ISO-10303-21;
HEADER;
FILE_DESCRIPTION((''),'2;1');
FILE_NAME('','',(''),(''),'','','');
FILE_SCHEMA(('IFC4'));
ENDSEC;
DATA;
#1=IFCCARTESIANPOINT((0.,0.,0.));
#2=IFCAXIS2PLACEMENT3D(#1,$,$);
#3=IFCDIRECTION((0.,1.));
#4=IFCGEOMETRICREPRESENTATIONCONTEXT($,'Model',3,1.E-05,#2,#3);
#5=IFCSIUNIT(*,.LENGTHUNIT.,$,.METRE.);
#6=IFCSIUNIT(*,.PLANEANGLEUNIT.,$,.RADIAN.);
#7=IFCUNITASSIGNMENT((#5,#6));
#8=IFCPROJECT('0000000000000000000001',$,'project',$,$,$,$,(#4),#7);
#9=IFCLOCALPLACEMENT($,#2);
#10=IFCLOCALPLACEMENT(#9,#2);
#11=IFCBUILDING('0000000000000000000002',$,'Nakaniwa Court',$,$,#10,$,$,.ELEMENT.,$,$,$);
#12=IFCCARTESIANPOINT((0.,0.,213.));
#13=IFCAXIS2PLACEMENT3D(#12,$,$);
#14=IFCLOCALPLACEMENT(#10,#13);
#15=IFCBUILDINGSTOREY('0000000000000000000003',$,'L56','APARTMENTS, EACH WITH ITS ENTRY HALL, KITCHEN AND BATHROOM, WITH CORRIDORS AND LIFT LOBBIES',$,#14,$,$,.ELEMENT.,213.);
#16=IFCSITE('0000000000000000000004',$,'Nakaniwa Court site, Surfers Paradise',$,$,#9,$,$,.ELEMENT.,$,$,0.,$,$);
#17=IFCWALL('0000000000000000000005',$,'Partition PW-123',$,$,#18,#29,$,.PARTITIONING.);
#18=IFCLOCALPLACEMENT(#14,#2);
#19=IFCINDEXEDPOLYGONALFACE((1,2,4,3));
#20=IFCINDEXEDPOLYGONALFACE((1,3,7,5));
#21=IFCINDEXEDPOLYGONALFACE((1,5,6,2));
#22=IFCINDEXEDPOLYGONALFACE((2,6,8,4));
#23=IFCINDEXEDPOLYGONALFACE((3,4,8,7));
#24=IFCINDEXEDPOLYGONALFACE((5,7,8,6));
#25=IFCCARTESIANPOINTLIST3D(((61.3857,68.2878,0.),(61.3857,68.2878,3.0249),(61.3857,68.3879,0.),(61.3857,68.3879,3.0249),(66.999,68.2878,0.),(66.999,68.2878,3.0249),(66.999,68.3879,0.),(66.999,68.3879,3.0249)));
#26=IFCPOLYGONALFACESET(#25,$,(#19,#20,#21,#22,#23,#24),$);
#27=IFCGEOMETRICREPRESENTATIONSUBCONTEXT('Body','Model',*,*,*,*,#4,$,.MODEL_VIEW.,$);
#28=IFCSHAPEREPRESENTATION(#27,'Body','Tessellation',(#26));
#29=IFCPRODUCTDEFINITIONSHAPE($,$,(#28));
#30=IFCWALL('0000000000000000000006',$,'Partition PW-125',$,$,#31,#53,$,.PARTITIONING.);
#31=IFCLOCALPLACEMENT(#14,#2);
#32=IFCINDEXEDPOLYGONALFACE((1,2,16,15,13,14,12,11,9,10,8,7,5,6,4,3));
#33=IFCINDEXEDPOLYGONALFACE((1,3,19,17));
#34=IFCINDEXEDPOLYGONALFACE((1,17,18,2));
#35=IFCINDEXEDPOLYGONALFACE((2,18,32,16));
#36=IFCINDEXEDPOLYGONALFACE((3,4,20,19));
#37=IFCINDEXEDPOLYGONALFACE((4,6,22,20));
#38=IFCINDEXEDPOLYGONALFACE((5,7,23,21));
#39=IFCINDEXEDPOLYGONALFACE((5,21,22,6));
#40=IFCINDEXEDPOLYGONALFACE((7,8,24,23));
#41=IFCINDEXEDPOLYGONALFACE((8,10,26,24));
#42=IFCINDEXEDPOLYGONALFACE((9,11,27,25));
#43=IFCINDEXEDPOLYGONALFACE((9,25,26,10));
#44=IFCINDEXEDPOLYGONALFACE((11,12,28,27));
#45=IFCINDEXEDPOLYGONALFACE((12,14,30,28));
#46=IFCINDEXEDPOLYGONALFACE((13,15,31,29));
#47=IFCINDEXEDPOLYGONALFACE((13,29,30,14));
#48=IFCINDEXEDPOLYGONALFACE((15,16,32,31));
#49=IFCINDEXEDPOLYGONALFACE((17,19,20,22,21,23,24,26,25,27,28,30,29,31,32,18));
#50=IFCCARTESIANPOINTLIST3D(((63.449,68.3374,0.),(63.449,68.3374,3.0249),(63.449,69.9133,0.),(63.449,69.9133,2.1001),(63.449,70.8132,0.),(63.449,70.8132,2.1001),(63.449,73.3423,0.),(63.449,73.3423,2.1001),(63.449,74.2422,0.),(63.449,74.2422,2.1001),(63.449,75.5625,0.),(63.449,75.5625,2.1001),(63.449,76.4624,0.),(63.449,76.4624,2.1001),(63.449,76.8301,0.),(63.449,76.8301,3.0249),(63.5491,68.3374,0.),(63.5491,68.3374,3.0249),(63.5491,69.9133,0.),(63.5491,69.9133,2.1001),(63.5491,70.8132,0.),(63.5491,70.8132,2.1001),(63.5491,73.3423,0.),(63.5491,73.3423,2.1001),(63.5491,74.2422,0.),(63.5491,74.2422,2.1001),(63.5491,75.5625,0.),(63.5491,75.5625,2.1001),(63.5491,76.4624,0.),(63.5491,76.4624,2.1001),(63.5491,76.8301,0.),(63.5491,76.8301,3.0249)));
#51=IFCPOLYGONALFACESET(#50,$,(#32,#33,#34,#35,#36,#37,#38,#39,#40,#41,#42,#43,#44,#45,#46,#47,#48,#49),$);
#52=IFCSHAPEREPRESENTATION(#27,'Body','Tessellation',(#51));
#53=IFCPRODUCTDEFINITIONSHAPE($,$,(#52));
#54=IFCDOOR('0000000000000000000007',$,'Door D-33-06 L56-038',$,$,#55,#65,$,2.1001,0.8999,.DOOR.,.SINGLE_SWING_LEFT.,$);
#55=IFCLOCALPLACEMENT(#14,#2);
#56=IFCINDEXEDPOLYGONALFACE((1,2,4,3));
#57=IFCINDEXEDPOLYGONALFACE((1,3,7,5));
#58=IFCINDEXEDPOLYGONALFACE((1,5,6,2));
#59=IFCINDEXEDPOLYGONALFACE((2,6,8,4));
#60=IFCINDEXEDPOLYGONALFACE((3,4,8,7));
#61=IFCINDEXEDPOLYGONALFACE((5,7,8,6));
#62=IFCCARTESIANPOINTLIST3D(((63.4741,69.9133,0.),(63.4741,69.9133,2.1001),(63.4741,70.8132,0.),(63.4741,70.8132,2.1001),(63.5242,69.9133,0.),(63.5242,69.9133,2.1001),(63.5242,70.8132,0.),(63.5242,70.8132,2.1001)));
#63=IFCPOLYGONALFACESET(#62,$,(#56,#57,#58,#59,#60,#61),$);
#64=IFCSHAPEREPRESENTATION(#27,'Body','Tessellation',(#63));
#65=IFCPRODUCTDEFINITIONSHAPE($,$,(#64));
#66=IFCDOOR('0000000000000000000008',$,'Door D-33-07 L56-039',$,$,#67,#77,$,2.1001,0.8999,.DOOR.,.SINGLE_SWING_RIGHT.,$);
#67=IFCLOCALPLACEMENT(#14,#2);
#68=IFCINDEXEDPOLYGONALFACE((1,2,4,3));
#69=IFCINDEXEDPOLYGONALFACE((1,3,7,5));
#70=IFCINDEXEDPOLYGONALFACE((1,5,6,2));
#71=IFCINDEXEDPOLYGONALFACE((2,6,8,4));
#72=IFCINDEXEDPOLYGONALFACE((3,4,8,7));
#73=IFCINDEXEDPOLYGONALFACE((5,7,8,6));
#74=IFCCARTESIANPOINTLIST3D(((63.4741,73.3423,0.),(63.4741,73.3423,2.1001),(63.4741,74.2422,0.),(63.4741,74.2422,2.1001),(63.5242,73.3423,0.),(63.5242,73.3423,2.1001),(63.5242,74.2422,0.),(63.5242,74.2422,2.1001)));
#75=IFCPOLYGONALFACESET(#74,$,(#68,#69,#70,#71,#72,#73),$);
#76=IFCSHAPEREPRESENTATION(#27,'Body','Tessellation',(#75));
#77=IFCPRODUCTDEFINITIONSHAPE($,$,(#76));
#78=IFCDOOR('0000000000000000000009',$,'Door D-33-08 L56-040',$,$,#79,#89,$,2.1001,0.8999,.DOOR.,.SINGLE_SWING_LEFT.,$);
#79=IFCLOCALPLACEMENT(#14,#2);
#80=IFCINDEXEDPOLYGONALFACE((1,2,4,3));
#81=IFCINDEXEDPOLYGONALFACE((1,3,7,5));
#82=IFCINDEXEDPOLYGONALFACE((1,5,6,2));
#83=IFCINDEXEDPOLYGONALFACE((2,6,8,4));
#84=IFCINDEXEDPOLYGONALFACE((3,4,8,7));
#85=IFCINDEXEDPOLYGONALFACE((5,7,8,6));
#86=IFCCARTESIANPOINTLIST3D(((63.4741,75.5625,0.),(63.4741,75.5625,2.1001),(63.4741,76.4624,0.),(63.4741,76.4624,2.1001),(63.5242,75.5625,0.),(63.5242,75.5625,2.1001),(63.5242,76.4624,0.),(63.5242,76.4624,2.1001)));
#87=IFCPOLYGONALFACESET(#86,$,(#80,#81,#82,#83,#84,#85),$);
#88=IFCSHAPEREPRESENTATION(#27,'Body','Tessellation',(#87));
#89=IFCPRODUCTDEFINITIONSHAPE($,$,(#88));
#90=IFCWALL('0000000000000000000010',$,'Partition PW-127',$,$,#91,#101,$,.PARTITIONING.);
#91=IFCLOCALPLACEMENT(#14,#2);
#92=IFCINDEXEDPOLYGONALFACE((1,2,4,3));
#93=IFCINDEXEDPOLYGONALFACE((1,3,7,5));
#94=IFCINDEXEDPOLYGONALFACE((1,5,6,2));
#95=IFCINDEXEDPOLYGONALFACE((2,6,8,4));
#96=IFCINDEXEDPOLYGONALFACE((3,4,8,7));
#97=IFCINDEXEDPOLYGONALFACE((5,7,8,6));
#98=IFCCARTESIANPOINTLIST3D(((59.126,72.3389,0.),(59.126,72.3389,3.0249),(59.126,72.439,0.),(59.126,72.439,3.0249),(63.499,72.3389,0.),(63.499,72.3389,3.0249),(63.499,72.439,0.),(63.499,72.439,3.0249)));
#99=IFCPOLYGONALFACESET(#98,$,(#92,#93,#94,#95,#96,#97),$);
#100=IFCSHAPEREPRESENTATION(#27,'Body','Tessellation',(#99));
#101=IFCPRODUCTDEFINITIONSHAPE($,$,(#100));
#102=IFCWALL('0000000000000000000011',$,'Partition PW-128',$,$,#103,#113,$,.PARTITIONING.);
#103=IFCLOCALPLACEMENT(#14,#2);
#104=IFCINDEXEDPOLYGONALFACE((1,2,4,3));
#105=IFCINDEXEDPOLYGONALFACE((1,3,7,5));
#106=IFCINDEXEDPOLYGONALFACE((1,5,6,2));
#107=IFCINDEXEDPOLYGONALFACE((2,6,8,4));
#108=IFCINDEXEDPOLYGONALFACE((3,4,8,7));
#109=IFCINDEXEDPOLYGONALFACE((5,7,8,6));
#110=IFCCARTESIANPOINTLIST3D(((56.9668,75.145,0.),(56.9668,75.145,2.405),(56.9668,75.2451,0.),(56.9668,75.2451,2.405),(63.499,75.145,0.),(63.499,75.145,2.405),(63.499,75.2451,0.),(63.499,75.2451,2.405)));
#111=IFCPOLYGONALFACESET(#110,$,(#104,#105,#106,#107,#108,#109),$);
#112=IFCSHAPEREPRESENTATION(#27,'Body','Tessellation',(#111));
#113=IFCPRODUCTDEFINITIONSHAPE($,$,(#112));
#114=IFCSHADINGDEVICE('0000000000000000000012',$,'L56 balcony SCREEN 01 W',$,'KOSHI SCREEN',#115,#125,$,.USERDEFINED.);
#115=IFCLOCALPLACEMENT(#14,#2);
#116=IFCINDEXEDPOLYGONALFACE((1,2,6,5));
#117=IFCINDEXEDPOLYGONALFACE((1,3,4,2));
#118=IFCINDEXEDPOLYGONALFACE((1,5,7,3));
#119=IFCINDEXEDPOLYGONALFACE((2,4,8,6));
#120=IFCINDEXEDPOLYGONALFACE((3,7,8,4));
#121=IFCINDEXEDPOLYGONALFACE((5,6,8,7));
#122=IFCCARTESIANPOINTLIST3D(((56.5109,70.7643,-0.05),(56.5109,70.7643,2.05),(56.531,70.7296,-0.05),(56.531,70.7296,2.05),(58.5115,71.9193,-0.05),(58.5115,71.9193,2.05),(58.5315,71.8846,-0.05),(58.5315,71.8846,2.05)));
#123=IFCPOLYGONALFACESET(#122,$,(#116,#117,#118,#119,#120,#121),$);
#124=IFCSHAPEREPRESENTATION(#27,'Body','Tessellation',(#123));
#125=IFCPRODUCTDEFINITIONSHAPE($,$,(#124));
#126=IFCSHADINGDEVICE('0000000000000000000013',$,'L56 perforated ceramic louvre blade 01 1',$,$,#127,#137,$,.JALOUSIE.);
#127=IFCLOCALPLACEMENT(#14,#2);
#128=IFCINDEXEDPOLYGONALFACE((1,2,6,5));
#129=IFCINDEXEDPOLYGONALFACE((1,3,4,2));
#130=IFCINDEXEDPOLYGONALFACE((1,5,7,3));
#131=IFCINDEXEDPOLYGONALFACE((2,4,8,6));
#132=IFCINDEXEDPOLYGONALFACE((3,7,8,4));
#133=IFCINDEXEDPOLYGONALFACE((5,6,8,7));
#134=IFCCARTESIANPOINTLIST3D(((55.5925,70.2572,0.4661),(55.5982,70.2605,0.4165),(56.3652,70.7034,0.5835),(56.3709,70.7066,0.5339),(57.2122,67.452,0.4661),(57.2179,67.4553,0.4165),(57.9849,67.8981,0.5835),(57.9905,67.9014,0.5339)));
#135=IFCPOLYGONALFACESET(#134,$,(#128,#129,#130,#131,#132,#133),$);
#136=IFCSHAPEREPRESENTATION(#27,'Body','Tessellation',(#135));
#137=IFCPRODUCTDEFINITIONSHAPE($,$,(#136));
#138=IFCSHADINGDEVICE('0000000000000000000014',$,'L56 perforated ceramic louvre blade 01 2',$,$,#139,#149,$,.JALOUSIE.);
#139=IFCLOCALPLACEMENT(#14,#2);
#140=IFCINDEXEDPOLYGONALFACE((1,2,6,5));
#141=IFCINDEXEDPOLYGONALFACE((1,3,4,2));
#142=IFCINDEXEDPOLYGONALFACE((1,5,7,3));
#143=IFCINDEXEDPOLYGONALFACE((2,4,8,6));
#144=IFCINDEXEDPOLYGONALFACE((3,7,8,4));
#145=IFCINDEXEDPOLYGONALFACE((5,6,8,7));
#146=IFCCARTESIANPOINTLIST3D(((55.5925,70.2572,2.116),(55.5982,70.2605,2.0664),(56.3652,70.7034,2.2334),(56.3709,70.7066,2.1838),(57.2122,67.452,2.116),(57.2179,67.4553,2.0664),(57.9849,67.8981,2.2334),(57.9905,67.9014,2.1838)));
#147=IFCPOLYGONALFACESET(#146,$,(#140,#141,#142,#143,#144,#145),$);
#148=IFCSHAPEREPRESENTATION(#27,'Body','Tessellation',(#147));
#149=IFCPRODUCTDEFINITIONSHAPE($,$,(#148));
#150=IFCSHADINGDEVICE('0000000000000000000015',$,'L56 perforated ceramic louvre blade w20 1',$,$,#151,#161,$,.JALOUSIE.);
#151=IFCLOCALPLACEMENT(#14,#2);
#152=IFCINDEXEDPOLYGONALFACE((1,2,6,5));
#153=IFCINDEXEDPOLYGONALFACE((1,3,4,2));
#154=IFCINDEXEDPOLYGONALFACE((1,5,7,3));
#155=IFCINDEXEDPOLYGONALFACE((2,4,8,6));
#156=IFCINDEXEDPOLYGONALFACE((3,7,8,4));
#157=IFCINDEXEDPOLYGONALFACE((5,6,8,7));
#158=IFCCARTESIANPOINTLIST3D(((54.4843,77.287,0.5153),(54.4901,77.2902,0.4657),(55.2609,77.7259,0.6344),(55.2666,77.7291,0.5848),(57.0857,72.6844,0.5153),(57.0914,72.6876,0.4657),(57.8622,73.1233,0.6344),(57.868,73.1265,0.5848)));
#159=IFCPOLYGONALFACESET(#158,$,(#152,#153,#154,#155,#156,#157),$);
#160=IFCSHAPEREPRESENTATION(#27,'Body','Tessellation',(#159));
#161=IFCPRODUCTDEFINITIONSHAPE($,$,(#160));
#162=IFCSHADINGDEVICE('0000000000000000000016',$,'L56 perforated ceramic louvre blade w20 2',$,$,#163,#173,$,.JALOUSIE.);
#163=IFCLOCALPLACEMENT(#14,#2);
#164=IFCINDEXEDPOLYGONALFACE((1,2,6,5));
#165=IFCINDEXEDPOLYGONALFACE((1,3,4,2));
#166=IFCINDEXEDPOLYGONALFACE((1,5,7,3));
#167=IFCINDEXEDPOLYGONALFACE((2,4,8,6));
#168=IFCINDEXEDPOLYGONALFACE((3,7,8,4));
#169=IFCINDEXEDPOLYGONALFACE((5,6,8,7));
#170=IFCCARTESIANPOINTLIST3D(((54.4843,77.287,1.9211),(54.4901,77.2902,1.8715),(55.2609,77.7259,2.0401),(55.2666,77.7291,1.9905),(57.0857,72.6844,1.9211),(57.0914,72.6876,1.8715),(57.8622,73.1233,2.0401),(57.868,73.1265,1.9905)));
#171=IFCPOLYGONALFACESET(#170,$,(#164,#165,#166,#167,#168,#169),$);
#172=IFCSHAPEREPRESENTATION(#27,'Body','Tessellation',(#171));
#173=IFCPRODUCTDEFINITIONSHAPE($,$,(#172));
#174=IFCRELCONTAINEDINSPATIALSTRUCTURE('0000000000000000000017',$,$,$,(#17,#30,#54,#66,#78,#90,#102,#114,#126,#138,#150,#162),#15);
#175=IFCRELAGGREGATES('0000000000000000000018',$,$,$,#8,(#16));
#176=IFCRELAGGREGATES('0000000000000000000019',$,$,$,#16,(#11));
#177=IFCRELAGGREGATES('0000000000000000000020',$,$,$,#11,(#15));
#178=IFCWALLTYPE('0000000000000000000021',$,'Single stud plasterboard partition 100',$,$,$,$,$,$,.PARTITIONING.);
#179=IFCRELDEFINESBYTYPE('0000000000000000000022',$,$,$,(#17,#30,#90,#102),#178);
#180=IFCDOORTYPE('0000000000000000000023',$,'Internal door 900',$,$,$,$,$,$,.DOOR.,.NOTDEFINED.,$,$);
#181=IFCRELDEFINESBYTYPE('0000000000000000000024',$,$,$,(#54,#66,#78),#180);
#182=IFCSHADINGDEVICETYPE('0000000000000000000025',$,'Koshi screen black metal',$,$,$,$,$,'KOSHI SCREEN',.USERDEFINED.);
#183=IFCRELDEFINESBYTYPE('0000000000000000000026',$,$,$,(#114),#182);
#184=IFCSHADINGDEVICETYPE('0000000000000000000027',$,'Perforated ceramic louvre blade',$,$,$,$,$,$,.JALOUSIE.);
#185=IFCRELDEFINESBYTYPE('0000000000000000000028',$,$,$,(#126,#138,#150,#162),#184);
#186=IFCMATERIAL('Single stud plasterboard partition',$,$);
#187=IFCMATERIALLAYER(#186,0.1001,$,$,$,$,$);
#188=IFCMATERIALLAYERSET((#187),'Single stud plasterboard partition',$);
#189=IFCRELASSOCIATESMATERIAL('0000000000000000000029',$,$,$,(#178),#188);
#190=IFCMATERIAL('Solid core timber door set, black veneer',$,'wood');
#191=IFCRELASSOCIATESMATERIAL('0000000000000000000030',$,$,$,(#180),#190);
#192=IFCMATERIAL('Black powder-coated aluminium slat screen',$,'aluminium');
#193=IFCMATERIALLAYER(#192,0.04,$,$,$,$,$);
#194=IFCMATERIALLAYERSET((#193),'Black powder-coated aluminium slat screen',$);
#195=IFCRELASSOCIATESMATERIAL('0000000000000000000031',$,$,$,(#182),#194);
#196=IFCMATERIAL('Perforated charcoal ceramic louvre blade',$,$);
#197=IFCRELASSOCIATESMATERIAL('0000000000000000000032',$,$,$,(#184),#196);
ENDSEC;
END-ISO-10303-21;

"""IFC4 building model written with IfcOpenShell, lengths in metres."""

from ifc_helpers import new_model, si_unit, direction, frame, frame_2d, origin, origin_2d, place, context, subcontext, project, spatial, rectangle, extrude, material, layer, layer_set, material_profile, profile_set, type_object, element, fill, save


model = new_model("IFC4")

# Units and contexts
model_context = context("Model", 3, precision=1e-05, world=origin(), true_north=direction((0.0, 1.0)))
body_context = subcontext(model_context, "Body", "Model", "MODEL_VIEW")
ifc_project = project(units=[si_unit("LENGTHUNIT", "METRE"), si_unit("PLANEANGLEUNIT", "RADIAN")], contexts=[model_context])

# Site, building, storey
site_placement = place(None, origin())
site = spatial("IfcSite", under=ifc_project, at=site_placement, Name="Nakaniwa Court site, Surfers Paradise", CompositionType="ELEMENT", RefElevation=0.0)
building_placement = place(site_placement, origin())
building = spatial("IfcBuilding", under=site, at=building_placement, Name="Nakaniwa Court", CompositionType="ELEMENT")
storey_placement = place(building_placement, frame((0.0, 0.0, 213.0)))
storey = spatial("IfcBuildingStorey", under=building, at=storey_placement, Name="L56", Description="APARTMENTS, EACH WITH ITS ENTRY HALL, KITCHEN AND BATHROOM, WITH CORRIDORS AND LIFT LOBBIES", CompositionType="ELEMENT", Elevation=213.0)

# Wall
ifc_material_1 = material(Name="Single stud plasterboard partition")
ifc_layer_1 = layer(ifc_material_1, 0.1001)
ifc_layer_set_1 = layer_set([ifc_layer_1], Name="Single stud plasterboard partition")
wall_type_1 = type_object("IfcWallType", Name="Single stud plasterboard partition 100", PredefinedType="PARTITIONING", material=ifc_layer_set_1)
wall_1_placement = place(storey_placement, frame((61.3857, 68.3379, 0.0), z_axis=(0.0, 0.0, 1.0), x_axis=(1.0, 0.0, 0.0)))
element("IfcWall", 1, at=wall_1_placement, inside=storey, type_object=wall_type_1, Name="Partition PW-123", PredefinedType="PARTITIONING", context=body_context, shape_type="SweptSolid", body=[
    extrude(rectangle(XDim=5.6133, YDim=0.1001, at=frame_2d((2.8066, 0.0))), origin(), (0.0, 0.0, 1.0), 3.0249),
])

# Wall, openings, doors
wall_2_placement = place(storey_placement, frame((63.499, 68.3374, 0.0), z_axis=(0.0, 0.0, 1.0), x_axis=(0.0, 1.0, 0.0)))
wall_2 = element("IfcWall", 2, at=wall_2_placement, inside=storey, type_object=wall_type_1, Name="Partition PW-125", PredefinedType="PARTITIONING", context=body_context, shape_type="SweptSolid", body=[
    extrude(rectangle(XDim=8.4927, YDim=0.1001, at=frame_2d((4.2463, 0.0))), origin(), (0.0, 0.0, 1.0), 3.0249),
])
opening_1_placement = place(wall_2_placement, frame((1.5759, 0.0, 0.0)))
opening_1 = element("IfcOpeningElement", 3, at=opening_1_placement, cuts=wall_2, PredefinedType="OPENING", context=body_context, shape_type="SweptSolid", body=[
    extrude(rectangle(XDim=0.8999, YDim=2.1001, at=frame_2d((0.45, 1.05))), frame((0.0, 0.0601, 0.0), z_axis=(0.0, -1.0, 0.0), x_axis=(1.0, 0.0, 0.0)), (0.0, 0.0, 1.0), 0.1201),
])
opening_2_placement = place(wall_2_placement, frame((5.0049, 0.0, 0.0)))
opening_2 = element("IfcOpeningElement", 4, at=opening_2_placement, cuts=wall_2, PredefinedType="OPENING", context=body_context, shape_type="SweptSolid", body=[
    extrude(rectangle(XDim=0.8999, YDim=2.1001, at=frame_2d((0.45, 1.05))), frame((0.0, 0.0601, 0.0), z_axis=(0.0, -1.0, 0.0), x_axis=(1.0, 0.0, 0.0)), (0.0, 0.0, 1.0), 0.1201),
])
opening_3_placement = place(wall_2_placement, frame((7.2251, 0.0, 0.0)))
opening_3 = element("IfcOpeningElement", 5, at=opening_3_placement, cuts=wall_2, PredefinedType="OPENING", context=body_context, shape_type="SweptSolid", body=[
    extrude(rectangle(XDim=0.8999, YDim=2.1001, at=frame_2d((0.45, 1.05))), frame((0.0, 0.0601, 0.0), z_axis=(0.0, -1.0, 0.0), x_axis=(1.0, 0.0, 0.0)), (0.0, 0.0, 1.0), 0.1201),
])
ifc_material_2 = material(Name="Solid core timber door set, black veneer", Category="wood")
door_type_1 = type_object("IfcDoorType", Name="Internal door 900", OperationType="NOTDEFINED", PredefinedType="DOOR", material=ifc_material_2)
door_1_placement = place(opening_1_placement, origin())
door_1 = element("IfcDoor", 6, at=door_1_placement, inside=storey, type_object=door_type_1, Name="Door D-33-06 L56-038", OperationType="SINGLE_SWING_LEFT", OverallHeight=2.1001, OverallWidth=0.8999, PredefinedType="DOOR", context=body_context, shape_type="SweptSolid", body=[
    extrude(rectangle(XDim=0.8999, YDim=2.1001, at=frame_2d((0.45, 1.05))), frame((0.0, 0.0249, 0.0), z_axis=(0.0, -1.0, 0.0), x_axis=(1.0, 0.0, 0.0)), (0.0, 0.0, 1.0), 0.05),
])
fill(opening_1, door_1)
door_2_placement = place(opening_2_placement, origin())
door_2 = element("IfcDoor", 7, at=door_2_placement, inside=storey, type_object=door_type_1, Name="Door D-33-07 L56-039", OperationType="SINGLE_SWING_RIGHT", OverallHeight=2.1001, OverallWidth=0.8999, PredefinedType="DOOR", context=body_context, shape_type="SweptSolid", body=[
    extrude(rectangle(XDim=0.8999, YDim=2.1001, at=frame_2d((0.45, 1.05))), frame((0.0, 0.0249, 0.0), z_axis=(0.0, -1.0, 0.0), x_axis=(1.0, 0.0, 0.0)), (0.0, 0.0, 1.0), 0.05),
])
fill(opening_2, door_2)
door_3_placement = place(opening_3_placement, origin())
door_3 = element("IfcDoor", 8, at=door_3_placement, inside=storey, type_object=door_type_1, Name="Door D-33-08 L56-040", OperationType="SINGLE_SWING_LEFT", OverallHeight=2.1001, OverallWidth=0.8999, PredefinedType="DOOR", context=body_context, shape_type="SweptSolid", body=[
    extrude(rectangle(XDim=0.8999, YDim=2.1001, at=frame_2d((0.45, 1.05))), frame((0.0, 0.0249, 0.0), z_axis=(0.0, -1.0, 0.0), x_axis=(1.0, 0.0, 0.0)), (0.0, 0.0, 1.0), 0.05),
])
fill(opening_3, door_3)

# Walls
wall_3_placement = place(storey_placement, frame((59.126, 72.3889, 0.0), z_axis=(0.0, 0.0, 1.0), x_axis=(1.0, 0.0, 0.0)))
element("IfcWall", 9, at=wall_3_placement, inside=storey, type_object=wall_type_1, Name="Partition PW-127", PredefinedType="PARTITIONING", context=body_context, shape_type="SweptSolid", body=[
    extrude(rectangle(XDim=4.373, YDim=0.1001, at=frame_2d((2.1865, 0.0))), origin(), (0.0, 0.0, 1.0), 3.0249),
])
wall_4_placement = place(storey_placement, frame((56.9668, 75.1951, 0.0), z_axis=(0.0, 0.0, 1.0), x_axis=(1.0, 0.0, 0.0)))
element("IfcWall", 10, at=wall_4_placement, inside=storey, type_object=wall_type_1, Name="Partition PW-128", PredefinedType="PARTITIONING", context=body_context, shape_type="SweptSolid", body=[
    extrude(rectangle(XDim=6.5322, YDim=0.1001, at=frame_2d((3.2661, 0.0))), origin(), (0.0, 0.0, 1.0), 2.405),
])

# Shading devices
ifc_material_3 = material(Name="Black powder-coated aluminium slat screen", Category="aluminium")
ifc_layer_2 = layer(ifc_material_3, 0.04)
ifc_layer_set_2 = layer_set([ifc_layer_2], Name="Black powder-coated aluminium slat screen")
shading_device_type_1 = type_object("IfcShadingDeviceType", Name="Koshi screen black metal", ElementType="KOSHI SCREEN", PredefinedType="USERDEFINED", material=ifc_layer_set_2)
shading_device_placement = place(storey_placement, frame((57.5212, 71.3245, -0.05), z_axis=(0.0, 0.0, 1.0), x_axis=(0.499986, -0.866033, 0.0)))
element("IfcShadingDevice", 11, at=shading_device_placement, inside=storey, type_object=shading_device_type_1, Name="L56 balcony SCREEN 01 W", ObjectType="KOSHI SCREEN", PredefinedType="USERDEFINED", context=body_context, shape_type="SweptSolid", body=[
    extrude(rectangle(XDim=0.04, YDim=2.3101, at=origin_2d()), origin(), (0.0, 0.0, 1.0), 2.1001),
])
ifc_material_4 = material(Name="Perforated charcoal ceramic louvre blade")
ifc_material_profile_1 = material_profile(ifc_material_4, rectangle(XDim=0.8999, YDim=0.05, at=origin_2d()), Name="Perforated ceramic louvre blade")
ifc_profile_set_1 = profile_set([ifc_material_profile_1], Name="Perforated charcoal ceramic louvre blade")
shading_device_type_2 = type_object("IfcShadingDeviceType", Name="Perforated ceramic louvre blade", PredefinedType="JALOUSIE", material=ifc_profile_set_1)
for number, where, z_axis, x_axis, name in (
    (12, (55.9817, 70.4819, 0.5), (0.500014, -0.866017, 0.0), (0.858608, 0.495736, 0.130526), "L56 perforated ceramic louvre blade 01 1"),
    (13, (55.9817, 70.4819, 2.1499), (0.500014, -0.866017, 0.0), (0.858608, 0.495736, 0.130526), "L56 perforated ceramic louvre blade 01 2"),
):
    element("IfcShadingDevice", number, at=place(storey_placement, frame(where, z_axis=z_axis, x_axis=x_axis)), inside=storey, type_object=shading_device_type_2, Name=name, PredefinedType="JALOUSIE", context=body_context, shape_type="SweptSolid", body=[
        extrude(rectangle(XDim=0.8999, YDim=0.05, at=origin_2d()), origin(), (0.0, 0.0, 1.0), 3.2393),
    ])
for number, where, z_axis, x_axis, name in (
    (14, (54.8755, 77.5081, 0.55), (0.492041, -0.870572, 0.0), (0.862925, 0.487718, 0.132256), "L56 perforated ceramic louvre blade w20 1"),
    (15, (54.8755, 77.5081, 1.9558), (0.492041, -0.870572, 0.0), (0.862925, 0.487718, 0.132256), "L56 perforated ceramic louvre blade w20 2"),
):
    element("IfcShadingDevice", number, at=place(storey_placement, frame(where, z_axis=z_axis, x_axis=x_axis)), inside=storey, type_object=shading_device_type_2, Name=name, PredefinedType="JALOUSIE", context=body_context, shape_type="SweptSolid", body=[
        extrude(rectangle(XDim=0.8999, YDim=0.05, at=origin_2d()), origin(), (0.0, 0.0, 1.0), 5.2869),
    ])

save(model, "model.ifc")
